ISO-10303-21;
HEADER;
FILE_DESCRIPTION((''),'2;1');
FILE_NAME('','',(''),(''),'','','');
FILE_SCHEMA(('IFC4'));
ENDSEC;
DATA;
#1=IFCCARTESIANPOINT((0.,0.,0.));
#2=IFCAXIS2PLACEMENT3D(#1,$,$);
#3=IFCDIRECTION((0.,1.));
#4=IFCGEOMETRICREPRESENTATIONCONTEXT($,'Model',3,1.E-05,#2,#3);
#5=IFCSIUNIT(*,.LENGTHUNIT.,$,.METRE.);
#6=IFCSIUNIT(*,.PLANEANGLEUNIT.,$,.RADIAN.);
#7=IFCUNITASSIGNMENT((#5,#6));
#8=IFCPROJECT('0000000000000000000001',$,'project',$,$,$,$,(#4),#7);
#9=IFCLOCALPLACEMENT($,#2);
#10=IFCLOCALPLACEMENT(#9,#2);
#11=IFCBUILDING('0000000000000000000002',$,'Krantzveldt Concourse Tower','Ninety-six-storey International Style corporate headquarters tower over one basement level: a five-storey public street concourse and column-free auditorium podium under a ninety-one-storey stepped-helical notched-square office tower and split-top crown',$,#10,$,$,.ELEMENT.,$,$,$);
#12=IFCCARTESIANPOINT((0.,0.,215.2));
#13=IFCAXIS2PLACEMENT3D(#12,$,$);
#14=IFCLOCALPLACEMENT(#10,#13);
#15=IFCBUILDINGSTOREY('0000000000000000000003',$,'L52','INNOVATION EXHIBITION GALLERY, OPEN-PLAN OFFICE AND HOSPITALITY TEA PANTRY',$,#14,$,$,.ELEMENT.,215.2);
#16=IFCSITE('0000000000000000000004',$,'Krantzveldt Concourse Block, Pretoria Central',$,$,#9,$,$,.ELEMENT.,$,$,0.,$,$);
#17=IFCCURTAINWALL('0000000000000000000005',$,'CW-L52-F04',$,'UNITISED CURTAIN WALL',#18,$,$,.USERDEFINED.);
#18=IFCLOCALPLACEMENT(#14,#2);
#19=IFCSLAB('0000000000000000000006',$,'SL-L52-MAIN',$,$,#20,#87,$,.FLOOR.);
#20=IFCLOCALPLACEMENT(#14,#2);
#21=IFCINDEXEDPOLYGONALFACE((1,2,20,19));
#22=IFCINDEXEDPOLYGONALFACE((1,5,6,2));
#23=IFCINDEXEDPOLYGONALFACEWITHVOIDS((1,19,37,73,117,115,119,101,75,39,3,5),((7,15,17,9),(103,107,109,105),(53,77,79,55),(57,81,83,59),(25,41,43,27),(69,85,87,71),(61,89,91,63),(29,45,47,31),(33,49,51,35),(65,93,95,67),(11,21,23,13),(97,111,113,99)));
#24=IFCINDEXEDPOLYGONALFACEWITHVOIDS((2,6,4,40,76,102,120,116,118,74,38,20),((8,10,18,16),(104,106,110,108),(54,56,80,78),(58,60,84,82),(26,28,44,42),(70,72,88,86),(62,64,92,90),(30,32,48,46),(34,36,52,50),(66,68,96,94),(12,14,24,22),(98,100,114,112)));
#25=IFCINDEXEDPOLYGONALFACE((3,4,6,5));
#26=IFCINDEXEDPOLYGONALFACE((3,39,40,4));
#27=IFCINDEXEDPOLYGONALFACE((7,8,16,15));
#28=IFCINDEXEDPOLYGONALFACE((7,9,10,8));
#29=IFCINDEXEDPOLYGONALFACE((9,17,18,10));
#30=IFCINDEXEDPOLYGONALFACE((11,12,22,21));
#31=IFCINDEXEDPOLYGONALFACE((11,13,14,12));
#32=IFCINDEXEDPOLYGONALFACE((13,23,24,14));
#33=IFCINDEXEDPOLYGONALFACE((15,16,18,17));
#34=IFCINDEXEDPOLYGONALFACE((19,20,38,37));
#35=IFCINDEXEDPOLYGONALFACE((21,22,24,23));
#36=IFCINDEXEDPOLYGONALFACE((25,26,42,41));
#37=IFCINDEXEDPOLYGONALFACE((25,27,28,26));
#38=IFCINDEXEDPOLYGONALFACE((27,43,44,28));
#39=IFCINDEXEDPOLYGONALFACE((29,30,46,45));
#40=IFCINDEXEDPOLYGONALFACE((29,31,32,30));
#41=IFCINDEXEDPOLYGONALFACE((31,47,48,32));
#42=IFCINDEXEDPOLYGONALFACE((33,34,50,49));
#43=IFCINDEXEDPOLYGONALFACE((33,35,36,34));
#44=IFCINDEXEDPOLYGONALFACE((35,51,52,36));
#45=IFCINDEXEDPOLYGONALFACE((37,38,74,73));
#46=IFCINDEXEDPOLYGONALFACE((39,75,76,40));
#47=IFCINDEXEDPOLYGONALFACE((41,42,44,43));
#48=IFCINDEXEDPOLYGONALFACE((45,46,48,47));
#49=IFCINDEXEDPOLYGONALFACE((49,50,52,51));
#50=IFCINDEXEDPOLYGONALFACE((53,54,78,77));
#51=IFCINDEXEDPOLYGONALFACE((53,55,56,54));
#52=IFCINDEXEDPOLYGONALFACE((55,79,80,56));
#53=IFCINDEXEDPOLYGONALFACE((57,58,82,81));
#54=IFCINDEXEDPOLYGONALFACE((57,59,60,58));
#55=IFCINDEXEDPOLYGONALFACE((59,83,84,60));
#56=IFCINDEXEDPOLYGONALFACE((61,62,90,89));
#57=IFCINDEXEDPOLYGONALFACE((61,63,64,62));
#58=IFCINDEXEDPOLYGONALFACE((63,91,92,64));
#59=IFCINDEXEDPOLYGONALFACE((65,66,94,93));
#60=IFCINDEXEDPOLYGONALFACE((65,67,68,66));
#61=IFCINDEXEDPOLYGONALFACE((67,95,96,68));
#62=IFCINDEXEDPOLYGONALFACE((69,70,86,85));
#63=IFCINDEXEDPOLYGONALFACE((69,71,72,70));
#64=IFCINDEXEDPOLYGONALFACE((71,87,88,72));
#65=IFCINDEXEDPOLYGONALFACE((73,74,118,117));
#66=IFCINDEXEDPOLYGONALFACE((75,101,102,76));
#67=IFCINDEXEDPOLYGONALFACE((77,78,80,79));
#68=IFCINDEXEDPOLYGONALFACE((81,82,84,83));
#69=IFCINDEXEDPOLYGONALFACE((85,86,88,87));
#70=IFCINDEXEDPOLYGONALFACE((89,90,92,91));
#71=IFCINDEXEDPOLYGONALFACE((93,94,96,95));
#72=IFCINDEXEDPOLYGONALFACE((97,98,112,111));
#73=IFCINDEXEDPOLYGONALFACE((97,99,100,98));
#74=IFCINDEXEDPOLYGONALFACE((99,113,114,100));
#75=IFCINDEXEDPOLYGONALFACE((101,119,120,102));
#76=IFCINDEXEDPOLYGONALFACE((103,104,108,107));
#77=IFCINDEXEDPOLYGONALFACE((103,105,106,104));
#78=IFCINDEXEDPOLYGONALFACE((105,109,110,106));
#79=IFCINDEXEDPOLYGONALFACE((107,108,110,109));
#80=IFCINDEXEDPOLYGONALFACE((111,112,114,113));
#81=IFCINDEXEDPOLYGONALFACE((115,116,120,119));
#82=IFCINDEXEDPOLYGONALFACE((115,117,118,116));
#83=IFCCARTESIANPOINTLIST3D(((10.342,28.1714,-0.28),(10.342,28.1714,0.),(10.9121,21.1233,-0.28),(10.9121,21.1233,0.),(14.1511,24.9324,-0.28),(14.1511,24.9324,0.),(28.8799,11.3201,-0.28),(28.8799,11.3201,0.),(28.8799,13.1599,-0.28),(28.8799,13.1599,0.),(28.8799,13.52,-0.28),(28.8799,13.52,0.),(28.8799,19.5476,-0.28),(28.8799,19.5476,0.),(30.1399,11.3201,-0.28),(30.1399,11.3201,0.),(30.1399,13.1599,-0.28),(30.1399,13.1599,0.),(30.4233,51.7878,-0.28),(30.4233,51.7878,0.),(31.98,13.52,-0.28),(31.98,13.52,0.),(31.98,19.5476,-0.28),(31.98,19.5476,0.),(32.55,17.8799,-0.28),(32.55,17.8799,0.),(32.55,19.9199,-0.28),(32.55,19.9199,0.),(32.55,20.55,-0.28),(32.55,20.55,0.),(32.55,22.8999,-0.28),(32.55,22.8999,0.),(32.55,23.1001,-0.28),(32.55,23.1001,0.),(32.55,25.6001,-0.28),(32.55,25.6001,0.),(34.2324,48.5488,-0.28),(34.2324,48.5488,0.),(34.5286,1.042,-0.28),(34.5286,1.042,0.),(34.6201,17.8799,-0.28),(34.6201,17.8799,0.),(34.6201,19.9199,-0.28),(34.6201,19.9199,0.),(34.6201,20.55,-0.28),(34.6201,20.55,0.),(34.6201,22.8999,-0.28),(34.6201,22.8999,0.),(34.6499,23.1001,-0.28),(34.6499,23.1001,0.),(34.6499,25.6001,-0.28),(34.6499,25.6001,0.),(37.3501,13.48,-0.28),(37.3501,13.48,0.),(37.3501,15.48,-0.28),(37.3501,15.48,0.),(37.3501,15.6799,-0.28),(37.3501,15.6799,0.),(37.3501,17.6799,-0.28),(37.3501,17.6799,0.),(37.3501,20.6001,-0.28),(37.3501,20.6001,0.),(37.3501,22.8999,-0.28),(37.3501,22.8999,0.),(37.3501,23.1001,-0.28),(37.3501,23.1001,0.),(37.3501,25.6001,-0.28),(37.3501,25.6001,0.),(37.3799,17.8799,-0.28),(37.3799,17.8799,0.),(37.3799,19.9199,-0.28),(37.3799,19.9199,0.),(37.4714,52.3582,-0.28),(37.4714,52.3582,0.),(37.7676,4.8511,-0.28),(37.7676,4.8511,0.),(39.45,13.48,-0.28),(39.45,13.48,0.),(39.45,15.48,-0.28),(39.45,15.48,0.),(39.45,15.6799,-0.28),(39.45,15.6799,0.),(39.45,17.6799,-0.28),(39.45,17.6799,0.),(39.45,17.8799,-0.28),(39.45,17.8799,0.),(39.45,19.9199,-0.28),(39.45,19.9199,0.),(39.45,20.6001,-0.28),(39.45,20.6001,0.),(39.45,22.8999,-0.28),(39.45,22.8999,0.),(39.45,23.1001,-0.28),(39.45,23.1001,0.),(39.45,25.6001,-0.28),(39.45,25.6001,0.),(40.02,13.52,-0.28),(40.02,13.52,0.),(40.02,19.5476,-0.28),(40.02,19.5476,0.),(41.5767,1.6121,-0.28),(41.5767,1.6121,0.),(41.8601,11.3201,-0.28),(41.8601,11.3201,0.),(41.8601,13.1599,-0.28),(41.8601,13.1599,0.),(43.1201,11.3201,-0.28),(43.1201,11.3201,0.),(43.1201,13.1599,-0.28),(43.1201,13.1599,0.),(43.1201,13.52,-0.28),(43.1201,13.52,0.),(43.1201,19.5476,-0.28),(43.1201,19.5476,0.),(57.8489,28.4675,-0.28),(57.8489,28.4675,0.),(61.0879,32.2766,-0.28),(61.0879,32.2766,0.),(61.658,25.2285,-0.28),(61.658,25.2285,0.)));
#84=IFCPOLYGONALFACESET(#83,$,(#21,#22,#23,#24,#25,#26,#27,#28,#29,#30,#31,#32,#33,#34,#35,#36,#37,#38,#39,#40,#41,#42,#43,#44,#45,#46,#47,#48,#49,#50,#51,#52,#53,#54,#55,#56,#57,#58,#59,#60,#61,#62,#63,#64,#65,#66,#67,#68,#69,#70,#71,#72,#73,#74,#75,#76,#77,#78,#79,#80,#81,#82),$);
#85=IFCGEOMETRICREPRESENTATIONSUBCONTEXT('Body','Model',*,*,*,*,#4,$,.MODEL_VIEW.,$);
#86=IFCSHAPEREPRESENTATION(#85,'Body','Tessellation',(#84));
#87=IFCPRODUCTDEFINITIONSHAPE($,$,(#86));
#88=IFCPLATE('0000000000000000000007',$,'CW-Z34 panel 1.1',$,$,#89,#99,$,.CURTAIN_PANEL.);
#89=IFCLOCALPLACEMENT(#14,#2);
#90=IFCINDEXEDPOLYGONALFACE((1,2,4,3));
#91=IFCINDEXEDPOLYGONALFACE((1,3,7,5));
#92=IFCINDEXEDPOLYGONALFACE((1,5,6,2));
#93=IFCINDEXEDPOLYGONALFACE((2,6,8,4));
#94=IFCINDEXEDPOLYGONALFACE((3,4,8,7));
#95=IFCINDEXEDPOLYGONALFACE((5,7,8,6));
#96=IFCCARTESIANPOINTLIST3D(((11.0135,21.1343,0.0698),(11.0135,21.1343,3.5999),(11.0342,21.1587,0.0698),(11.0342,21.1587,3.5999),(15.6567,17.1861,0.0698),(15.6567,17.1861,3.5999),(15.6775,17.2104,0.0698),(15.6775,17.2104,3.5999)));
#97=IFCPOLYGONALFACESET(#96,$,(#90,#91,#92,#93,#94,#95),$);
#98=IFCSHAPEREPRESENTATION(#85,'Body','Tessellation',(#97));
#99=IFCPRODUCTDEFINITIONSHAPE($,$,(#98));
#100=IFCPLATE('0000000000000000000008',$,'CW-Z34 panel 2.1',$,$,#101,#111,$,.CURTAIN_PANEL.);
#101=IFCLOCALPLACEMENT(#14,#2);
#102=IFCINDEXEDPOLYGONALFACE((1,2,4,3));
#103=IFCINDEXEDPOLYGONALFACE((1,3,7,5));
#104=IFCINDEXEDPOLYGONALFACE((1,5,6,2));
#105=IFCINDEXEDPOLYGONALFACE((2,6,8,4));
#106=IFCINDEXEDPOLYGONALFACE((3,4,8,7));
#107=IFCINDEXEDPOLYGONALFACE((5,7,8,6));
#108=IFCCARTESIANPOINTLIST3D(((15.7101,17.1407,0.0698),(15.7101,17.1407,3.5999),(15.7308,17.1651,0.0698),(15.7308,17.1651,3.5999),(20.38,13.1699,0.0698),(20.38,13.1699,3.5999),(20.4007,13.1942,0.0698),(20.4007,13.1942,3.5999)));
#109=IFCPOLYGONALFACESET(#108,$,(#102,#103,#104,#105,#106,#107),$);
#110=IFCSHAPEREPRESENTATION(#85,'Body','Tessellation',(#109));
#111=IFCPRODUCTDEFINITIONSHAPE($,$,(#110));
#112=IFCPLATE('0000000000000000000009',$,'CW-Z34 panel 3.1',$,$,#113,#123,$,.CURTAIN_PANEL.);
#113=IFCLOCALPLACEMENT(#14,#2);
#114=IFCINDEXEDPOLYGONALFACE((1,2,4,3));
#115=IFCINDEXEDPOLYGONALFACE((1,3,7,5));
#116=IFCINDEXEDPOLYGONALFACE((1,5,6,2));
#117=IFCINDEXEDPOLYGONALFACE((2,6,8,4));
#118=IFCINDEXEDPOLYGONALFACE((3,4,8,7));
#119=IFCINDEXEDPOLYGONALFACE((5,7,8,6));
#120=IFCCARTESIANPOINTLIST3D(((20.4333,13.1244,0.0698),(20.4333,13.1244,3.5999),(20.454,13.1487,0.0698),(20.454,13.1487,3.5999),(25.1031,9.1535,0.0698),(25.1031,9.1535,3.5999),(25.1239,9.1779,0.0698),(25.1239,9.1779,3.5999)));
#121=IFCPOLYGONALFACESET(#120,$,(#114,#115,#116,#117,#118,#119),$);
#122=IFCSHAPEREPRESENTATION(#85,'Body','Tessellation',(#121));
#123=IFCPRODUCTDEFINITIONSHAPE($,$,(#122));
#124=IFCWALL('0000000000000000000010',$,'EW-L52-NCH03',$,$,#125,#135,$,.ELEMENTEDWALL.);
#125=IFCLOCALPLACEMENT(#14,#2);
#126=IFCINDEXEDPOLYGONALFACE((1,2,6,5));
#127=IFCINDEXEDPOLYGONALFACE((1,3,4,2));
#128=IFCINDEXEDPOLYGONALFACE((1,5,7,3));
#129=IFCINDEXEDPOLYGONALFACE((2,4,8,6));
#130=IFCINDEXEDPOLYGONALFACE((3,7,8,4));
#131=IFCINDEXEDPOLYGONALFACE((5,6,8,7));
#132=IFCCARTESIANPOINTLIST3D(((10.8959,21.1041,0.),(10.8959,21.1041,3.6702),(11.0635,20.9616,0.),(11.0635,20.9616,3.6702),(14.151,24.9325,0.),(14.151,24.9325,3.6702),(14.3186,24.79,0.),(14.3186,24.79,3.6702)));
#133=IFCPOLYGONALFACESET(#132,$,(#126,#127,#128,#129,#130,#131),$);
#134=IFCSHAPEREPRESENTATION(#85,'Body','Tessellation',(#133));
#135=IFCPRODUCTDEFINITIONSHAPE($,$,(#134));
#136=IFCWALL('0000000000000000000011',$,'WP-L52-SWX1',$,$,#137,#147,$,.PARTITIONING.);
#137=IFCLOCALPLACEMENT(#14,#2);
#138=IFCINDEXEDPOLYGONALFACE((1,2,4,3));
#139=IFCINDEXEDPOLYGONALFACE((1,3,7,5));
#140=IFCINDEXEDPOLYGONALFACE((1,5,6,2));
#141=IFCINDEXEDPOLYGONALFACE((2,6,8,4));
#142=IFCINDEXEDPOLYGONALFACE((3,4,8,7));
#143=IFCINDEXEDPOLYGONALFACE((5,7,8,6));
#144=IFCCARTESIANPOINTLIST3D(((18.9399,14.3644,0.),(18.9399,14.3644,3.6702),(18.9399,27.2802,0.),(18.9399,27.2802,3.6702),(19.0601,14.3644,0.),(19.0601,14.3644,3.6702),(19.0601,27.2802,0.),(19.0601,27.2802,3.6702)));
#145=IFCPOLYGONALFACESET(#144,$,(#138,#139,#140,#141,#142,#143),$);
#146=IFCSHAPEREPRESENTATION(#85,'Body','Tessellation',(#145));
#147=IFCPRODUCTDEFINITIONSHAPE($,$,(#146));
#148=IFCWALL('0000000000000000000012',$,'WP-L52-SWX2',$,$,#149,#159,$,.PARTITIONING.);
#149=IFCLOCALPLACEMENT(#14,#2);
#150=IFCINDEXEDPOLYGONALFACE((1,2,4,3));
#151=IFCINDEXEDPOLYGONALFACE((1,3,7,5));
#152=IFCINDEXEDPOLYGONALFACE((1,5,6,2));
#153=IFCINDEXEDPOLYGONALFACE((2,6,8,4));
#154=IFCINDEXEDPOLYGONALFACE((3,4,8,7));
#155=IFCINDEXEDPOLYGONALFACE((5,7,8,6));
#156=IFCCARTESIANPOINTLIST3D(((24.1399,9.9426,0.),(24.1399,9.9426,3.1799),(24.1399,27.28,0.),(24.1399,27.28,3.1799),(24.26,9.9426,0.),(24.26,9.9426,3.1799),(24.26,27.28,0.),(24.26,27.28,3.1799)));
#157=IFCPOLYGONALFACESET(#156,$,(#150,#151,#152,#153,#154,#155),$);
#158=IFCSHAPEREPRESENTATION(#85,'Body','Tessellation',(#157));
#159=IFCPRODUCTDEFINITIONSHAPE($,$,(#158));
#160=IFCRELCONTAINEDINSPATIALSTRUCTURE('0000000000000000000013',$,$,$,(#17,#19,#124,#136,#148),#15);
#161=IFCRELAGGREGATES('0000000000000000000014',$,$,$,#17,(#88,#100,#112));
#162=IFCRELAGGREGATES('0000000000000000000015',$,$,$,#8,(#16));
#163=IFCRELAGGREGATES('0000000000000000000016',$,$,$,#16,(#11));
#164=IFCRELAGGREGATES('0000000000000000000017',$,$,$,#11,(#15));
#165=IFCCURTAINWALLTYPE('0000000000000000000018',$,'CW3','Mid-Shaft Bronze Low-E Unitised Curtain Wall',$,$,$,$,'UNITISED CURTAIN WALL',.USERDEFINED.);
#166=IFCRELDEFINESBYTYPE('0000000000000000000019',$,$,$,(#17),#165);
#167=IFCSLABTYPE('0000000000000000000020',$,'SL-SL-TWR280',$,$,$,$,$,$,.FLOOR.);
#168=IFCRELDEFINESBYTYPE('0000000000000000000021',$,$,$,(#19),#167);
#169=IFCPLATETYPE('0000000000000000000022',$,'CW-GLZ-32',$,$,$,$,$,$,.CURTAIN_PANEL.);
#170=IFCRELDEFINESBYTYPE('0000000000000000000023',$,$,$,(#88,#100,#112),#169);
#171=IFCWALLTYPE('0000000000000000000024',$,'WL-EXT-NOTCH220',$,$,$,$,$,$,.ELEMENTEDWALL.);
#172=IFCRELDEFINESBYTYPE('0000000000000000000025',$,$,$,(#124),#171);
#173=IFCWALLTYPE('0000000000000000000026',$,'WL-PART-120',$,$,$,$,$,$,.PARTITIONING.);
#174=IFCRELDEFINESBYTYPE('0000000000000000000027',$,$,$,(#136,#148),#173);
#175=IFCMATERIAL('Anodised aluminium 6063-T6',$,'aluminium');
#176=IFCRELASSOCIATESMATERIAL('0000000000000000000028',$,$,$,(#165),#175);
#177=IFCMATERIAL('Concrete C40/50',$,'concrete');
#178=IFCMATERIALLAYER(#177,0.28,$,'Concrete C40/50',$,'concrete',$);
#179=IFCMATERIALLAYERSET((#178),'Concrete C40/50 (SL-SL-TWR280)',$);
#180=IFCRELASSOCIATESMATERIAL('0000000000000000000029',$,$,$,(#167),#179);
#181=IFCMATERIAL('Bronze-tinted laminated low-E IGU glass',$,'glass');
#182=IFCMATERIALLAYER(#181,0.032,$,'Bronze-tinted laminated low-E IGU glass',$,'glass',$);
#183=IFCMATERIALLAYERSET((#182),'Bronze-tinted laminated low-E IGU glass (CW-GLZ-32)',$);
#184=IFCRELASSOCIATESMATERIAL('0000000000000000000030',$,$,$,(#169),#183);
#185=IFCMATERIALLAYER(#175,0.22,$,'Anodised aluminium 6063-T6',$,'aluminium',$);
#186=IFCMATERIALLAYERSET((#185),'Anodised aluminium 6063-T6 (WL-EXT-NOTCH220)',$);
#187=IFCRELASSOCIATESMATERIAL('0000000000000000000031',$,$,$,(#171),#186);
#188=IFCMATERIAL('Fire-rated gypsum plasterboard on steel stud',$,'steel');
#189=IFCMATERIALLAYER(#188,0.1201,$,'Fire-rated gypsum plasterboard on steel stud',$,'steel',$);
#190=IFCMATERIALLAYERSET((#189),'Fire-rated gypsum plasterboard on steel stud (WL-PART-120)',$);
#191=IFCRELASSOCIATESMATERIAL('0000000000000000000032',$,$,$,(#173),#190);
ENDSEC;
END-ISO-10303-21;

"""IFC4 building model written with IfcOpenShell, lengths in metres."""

from ifc_helpers import new_model, si_unit, direction, frame, frame_2d, origin, origin_2d, place, context, subcontext, project, spatial, polyline, rectangle, outline, extrude, source, transform, mapped, material, layer, layer_set, type_object, type_shapes, element, aggregate, save


model = new_model("IFC4")

# Units and contexts
model_context = context("Model", 3, precision=1e-05, world=origin(), true_north=direction((0.0, 1.0)))
body_context = subcontext(model_context, "Body", "Model", "MODEL_VIEW")
ifc_project = project(units=[si_unit("LENGTHUNIT", "METRE"), si_unit("PLANEANGLEUNIT", "RADIAN")], contexts=[model_context])

# Site, building, storey
site_placement = place(None, origin())
site = spatial("IfcSite", under=ifc_project, at=site_placement, Name="Krantzveldt Concourse Block, Pretoria Central", CompositionType="ELEMENT", RefElevation=0.0)
building_placement = place(site_placement, origin())
building = spatial("IfcBuilding", under=site, at=building_placement, Name="Krantzveldt Concourse Tower", Description="Ninety-six-storey International Style corporate headquarters tower over one basement level: a five-storey public street concourse and column-free auditorium podium under a ninety-one-storey stepped-helical notched-square office tower and split-top crown", CompositionType="ELEMENT")
storey_placement = place(building_placement, frame((0.0, 0.0, 215.2)))
storey = spatial("IfcBuildingStorey", under=building, at=storey_placement, Name="L52", Description="INNOVATION EXHIBITION GALLERY, OPEN-PLAN OFFICE AND HOSPITALITY TEA PANTRY", CompositionType="ELEMENT", Elevation=215.2)

# Curtain wall
ifc_material_1 = material(Name="Anodised aluminium 6063-T6", Category="aluminium")
curtain_wall_type = type_object("IfcCurtainWallType", Name="CW3", Description="Mid-Shaft Bronze Low-E Unitised Curtain Wall", ElementType="UNITISED CURTAIN WALL", PredefinedType="USERDEFINED", material=ifc_material_1)
curtain_wall_placement = place(storey_placement, origin())
curtain_wall = element("IfcCurtainWall", 1, at=curtain_wall_placement, inside=storey, type_object=curtain_wall_type, Name="CW-L52-F04", ObjectType="UNITISED CURTAIN WALL", PredefinedType="USERDEFINED")

# Slab
ifc_material_2 = material(Name="Concrete C40/50", Category="concrete")
ifc_layer_1 = layer(ifc_material_2, 0.28, Name="Concrete C40/50", Category="concrete")
ifc_layer_set_1 = layer_set([ifc_layer_1], Name="Concrete C40/50 (SL-SL-TWR280)")
slab_type_1 = type_object("IfcSlabType", Name="SL-SL-TWR280", PredefinedType="FLOOR", material=ifc_layer_set_1)
slab_1_placement = place(storey_placement, frame((0.0, 0.0, -0.28)))
element("IfcSlab", 2, at=slab_1_placement, inside=storey, type_object=slab_type_1, Name="SL-L52-MAIN", PredefinedType="FLOOR", context=body_context, shape_type="SweptSolid", body=[
    extrude(outline(polyline([(34.2324, 48.5488), (30.4233, 51.7878), (10.342, 28.1714), (14.1511, 24.9324), (10.9121, 21.1233), (34.5286, 1.042), (37.7676, 4.8511), (41.5767, 1.6121), (61.658, 25.2285), (57.8489, 28.4675), (61.0879, 32.2766), (37.4714, 52.3582), (34.2324, 48.5488)]), holes=[polyline([(28.8799, 19.5476), (28.8799, 13.52), (31.98, 13.52), (31.98, 19.5476), (28.8799, 19.5476)]), polyline([(40.02, 19.5476), (40.02, 13.52), (43.1201, 13.52), (43.1201, 19.5476), (40.02, 19.5476)]), polyline([(32.55, 23.1001), (34.6499, 23.1001), (34.6499, 25.6001), (32.55, 25.6001), (32.55, 23.1001)]), polyline([(37.3501, 23.1001), (39.45, 23.1001), (39.45, 25.6001), (37.3501, 25.6001), (37.3501, 23.1001)]), polyline([(37.3501, 20.6001), (39.45, 20.6001), (39.45, 22.8999), (37.3501, 22.8999), (37.3501, 20.6001)]), polyline([(37.3501, 13.48), (39.45, 13.48), (39.45, 15.48), (37.3501, 15.48), (37.3501, 13.48)]), polyline([(37.3501, 15.6799), (39.45, 15.6799), (39.45, 17.6799), (37.3501, 17.6799), (37.3501, 15.6799)]), polyline([(32.55, 20.55), (34.6201, 20.55), (34.6201, 22.8999), (32.55, 22.8999), (32.55, 20.55)]), polyline([(32.55, 17.8799), (34.6201, 17.8799), (34.6201, 19.9199), (32.55, 19.9199), (32.55, 17.8799)]), polyline([(37.3799, 17.8799), (39.45, 17.8799), (39.45, 19.9199), (37.3799, 19.9199), (37.3799, 17.8799)]), polyline([(28.8799, 11.3201), (30.1399, 11.3201), (30.1399, 13.1599), (28.8799, 13.1599), (28.8799, 11.3201)]), polyline([(41.8601, 11.3201), (43.1201, 11.3201), (43.1201, 13.1599), (41.8601, 13.1599), (41.8601, 11.3201)])]), origin(), (0.0, 0.0, 1.0), 0.28),
])

# Plates
ifc_material_3 = material(Name="Bronze-tinted laminated low-E IGU glass", Category="glass")
ifc_layer_2 = layer(ifc_material_3, 0.032, Name="Bronze-tinted laminated low-E IGU glass", Category="glass")
ifc_layer_set_2 = layer_set([ifc_layer_2], Name="Bronze-tinted laminated low-E IGU glass (CW-GLZ-32)")
plate_type = type_object("IfcPlateType", Name="CW-GLZ-32", PredefinedType="CURTAIN_PANEL", material=ifc_layer_set_2)
shared_shape_1 = source(origin(), body_context, "Body", "SweptSolid", [
    extrude(rectangle(XDim=6.095, YDim=0.032, at=origin_2d()), origin(), (0.0, 0.0, 1.0), 3.53),
])
plate_1_placement = place(storey_placement, frame((13.3455, 19.1724, 0.0698), z_axis=(0.0, 0.0, 1.0), x_axis=(0.761821, -0.647788, 0.0)))
plate_1 = element("IfcPlate", 3, at=plate_1_placement, type_object=plate_type, Name="CW-Z34 panel 1.1", PredefinedType="CURTAIN_PANEL", context=body_context, shape_type="MappedRepresentation", body=[
    mapped(shared_shape_1, transform((0.0, 0.0, 0.0), x_axis=(1.0, 0.0, 0.0), y_axis=(0.0, 1.0, 0.0), z_axis=(0.0, 0.0, 1.0), scale=1.0)),
])
shared_shape_2 = source(origin(), body_context, "Body", "SweptSolid", [
    extrude(rectangle(XDim=6.1299, YDim=0.032, at=origin_2d()), origin(), (0.0, 0.0, 1.0), 3.53),
])
type_shapes(plate_type, [shared_shape_1, shared_shape_2])
plate_2_placement = place(storey_placement, frame((18.0554, 15.1675, 0.0698), z_axis=(0.0, 0.0, 1.0), x_axis=(0.761821, -0.647788, 0.0)))
plate_2 = element("IfcPlate", 4, at=plate_2_placement, type_object=plate_type, Name="CW-Z34 panel 2.1", PredefinedType="CURTAIN_PANEL", context=body_context, shape_type="MappedRepresentation", body=[
    mapped(shared_shape_2, transform((0.0, 0.0, 0.0), x_axis=(1.0, 0.0, 0.0), y_axis=(0.0, 1.0, 0.0), z_axis=(0.0, 0.0, 1.0), scale=1.0)),
])
plate_3_placement = place(storey_placement, frame((22.7786, 11.1511, 0.0698), z_axis=(0.0, 0.0, 1.0), x_axis=(0.761821, -0.647788, 0.0)))
plate_3 = element("IfcPlate", 5, at=plate_3_placement, type_object=plate_type, Name="CW-Z34 panel 3.1", PredefinedType="CURTAIN_PANEL", context=body_context, shape_type="MappedRepresentation", body=[
    mapped(shared_shape_2, transform((0.0, 0.0, 0.0), x_axis=(1.0, 0.0, 0.0), y_axis=(0.0, 1.0, 0.0), z_axis=(0.0, 0.0, 1.0), scale=1.0)),
])
aggregate(curtain_wall, [plate_1, plate_2, plate_3])

# Walls
ifc_layer_3 = layer(ifc_material_1, 0.22, Name="Anodised aluminium 6063-T6", Category="aluminium")
ifc_layer_set_3 = layer_set([ifc_layer_3], Name="Anodised aluminium 6063-T6 (WL-EXT-NOTCH220)")
wall_type_1 = type_object("IfcWallType", Name="WL-EXT-NOTCH220", PredefinedType="ELEMENTEDWALL", material=ifc_layer_set_3)
wall_1_placement = place(storey_placement, frame((14.2349, 24.8613, 0.0), z_axis=(0.0, 0.0, 1.0), x_axis=(-0.647765, -0.76184, 0.0)))
element("IfcWall", 6, at=wall_1_placement, inside=storey, type_object=wall_type_1, Name="EW-L52-NCH03", PredefinedType="ELEMENTEDWALL", context=body_context, shape_type="SweptSolid", body=[
    extrude(rectangle(XDim=5.0251, YDim=0.22, at=frame_2d((2.5127, 0.0))), origin(), (0.0, 0.0, 1.0), 3.6702),
])
ifc_material_4 = material(Name="Fire-rated gypsum plasterboard on steel stud", Category="steel")
ifc_layer_4 = layer(ifc_material_4, 0.1201, Name="Fire-rated gypsum plasterboard on steel stud", Category="steel")
ifc_layer_set_4 = layer_set([ifc_layer_4], Name="Fire-rated gypsum plasterboard on steel stud (WL-PART-120)")
wall_type_2 = type_object("IfcWallType", Name="WL-PART-120", PredefinedType="PARTITIONING", material=ifc_layer_set_4)
wall_2_placement = place(storey_placement, frame((19.0, 14.3643, 0.0), z_axis=(0.0, 0.0, 1.0), x_axis=(0.0, 1.0, 0.0)))
element("IfcWall", 7, at=wall_2_placement, inside=storey, type_object=wall_type_2, Name="WP-L52-SWX1", PredefinedType="PARTITIONING", context=body_context, shape_type="SweptSolid", body=[
    extrude(rectangle(XDim=12.9158, YDim=0.1201, at=frame_2d((6.458, 0.0))), origin(), (0.0, 0.0, 1.0), 3.6702),
])
wall_3_placement = place(storey_placement, frame((24.2, 9.9426, 0.0), z_axis=(0.0, 0.0, 1.0), x_axis=(0.0, 1.0, 0.0)))
element("IfcWall", 8, at=wall_3_placement, inside=storey, type_object=wall_type_2, Name="WP-L52-SWX2", PredefinedType="PARTITIONING", context=body_context, shape_type="SweptSolid", body=[
    extrude(rectangle(XDim=17.3374, YDim=0.1201, at=frame_2d((8.6687, 0.0))), origin(), (0.0, 0.0, 1.0), 3.1799),
])

save(model, "model.ifc")
